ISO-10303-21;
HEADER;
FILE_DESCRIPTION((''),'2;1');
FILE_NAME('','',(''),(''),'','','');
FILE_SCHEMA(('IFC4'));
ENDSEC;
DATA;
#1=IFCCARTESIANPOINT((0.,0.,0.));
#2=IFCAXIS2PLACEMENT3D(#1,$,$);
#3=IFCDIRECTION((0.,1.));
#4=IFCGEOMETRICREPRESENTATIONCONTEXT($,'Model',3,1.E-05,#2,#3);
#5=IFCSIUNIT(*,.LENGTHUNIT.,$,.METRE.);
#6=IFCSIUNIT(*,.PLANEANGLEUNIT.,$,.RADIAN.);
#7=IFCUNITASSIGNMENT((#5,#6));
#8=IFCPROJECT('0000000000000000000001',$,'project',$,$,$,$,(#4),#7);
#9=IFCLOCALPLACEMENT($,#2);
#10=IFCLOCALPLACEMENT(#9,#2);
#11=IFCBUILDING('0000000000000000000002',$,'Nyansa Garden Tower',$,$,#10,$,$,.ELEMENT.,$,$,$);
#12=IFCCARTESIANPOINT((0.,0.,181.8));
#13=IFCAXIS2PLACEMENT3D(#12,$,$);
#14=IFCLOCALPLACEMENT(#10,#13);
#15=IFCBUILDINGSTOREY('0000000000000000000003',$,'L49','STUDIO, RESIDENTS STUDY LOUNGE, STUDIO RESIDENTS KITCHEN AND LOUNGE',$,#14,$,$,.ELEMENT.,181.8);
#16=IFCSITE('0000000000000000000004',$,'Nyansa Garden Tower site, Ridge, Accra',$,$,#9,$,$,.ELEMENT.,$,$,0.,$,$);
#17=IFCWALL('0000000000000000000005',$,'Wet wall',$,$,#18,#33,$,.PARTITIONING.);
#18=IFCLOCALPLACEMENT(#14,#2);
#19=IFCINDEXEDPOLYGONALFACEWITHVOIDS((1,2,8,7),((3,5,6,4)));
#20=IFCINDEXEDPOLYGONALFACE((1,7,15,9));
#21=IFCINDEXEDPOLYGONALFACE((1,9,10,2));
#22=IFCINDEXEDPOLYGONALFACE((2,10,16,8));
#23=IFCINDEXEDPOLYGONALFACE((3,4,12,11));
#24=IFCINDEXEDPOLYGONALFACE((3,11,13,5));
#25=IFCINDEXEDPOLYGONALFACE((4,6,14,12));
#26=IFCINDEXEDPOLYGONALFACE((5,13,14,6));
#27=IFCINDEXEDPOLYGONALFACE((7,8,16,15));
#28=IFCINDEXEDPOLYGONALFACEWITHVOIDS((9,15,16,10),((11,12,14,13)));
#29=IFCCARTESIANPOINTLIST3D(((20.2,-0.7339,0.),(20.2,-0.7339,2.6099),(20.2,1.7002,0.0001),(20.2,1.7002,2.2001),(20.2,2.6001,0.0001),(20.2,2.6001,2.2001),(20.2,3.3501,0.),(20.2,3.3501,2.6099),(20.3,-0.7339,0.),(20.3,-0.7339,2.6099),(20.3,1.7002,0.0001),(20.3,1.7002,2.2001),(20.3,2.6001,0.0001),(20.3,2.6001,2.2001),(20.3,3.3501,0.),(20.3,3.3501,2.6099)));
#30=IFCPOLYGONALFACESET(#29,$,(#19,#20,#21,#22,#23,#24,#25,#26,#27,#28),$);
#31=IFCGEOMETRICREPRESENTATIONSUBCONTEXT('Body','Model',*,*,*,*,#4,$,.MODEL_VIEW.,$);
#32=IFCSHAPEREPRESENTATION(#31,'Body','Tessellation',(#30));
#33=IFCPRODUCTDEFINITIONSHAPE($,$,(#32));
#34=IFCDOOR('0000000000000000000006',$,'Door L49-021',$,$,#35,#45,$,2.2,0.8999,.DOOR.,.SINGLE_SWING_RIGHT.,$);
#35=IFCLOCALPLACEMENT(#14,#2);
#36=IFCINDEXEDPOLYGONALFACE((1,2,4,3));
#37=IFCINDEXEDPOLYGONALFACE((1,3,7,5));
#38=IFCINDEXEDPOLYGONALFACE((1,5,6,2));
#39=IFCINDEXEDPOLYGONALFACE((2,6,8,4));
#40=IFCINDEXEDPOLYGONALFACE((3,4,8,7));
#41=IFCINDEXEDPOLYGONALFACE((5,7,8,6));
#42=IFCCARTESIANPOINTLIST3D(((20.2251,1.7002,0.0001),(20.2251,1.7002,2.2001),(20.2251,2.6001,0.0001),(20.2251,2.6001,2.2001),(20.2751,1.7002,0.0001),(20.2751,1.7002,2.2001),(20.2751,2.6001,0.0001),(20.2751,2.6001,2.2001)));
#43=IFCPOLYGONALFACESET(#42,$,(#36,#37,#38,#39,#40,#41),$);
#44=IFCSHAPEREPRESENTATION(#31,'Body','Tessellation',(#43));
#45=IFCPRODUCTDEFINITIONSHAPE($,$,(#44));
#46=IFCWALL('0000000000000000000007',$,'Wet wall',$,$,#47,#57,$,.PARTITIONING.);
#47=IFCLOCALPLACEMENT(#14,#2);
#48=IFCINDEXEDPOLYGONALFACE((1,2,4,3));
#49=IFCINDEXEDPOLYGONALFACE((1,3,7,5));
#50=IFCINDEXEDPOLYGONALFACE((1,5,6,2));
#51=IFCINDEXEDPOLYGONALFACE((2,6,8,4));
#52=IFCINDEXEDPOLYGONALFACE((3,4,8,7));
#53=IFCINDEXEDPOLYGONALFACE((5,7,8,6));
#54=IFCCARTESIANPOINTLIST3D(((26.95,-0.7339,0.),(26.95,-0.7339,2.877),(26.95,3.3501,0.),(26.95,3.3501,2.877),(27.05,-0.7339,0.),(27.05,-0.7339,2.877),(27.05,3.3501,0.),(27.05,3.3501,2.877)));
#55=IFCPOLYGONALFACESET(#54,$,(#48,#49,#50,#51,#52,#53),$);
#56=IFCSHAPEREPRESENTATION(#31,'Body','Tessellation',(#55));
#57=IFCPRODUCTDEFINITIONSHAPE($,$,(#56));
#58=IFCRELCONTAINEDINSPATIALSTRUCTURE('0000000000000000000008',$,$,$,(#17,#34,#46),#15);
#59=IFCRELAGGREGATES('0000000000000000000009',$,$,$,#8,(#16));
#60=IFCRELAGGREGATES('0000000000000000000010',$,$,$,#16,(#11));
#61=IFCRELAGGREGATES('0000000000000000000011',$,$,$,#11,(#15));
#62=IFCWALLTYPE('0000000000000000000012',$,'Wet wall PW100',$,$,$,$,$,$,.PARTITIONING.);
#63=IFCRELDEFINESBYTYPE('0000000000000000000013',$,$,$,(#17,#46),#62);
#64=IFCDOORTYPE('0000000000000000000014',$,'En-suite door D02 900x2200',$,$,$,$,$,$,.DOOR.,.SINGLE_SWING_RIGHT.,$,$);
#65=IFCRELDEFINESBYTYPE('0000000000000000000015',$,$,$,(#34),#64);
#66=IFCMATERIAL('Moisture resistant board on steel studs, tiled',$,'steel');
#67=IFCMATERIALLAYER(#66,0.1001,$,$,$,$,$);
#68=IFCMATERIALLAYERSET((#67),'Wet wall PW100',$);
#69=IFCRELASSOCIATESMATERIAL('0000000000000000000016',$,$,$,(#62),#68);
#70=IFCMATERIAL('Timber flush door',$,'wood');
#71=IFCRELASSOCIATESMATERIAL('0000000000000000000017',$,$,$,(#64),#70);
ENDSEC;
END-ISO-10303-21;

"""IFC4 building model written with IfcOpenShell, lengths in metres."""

from ifc_helpers import new_model, si_unit, direction, frame, frame_2d, origin, place, context, subcontext, project, spatial, rectangle, extrude, material, layer, layer_set, type_object, element, fill, save


model = new_model("IFC4")

# Units and contexts
model_context = context("Model", 3, precision=1e-05, world=origin(), true_north=direction((0.0, 1.0)))
body_context = subcontext(model_context, "Body", "Model", "MODEL_VIEW")
ifc_project = project(units=[si_unit("LENGTHUNIT", "METRE"), si_unit("PLANEANGLEUNIT", "RADIAN")], contexts=[model_context])

# Site, building, storey
site_placement = place(None, origin())
site = spatial("IfcSite", under=ifc_project, at=site_placement, Name="Nyansa Garden Tower site, Ridge, Accra", CompositionType="ELEMENT", RefElevation=0.0)
building_placement = place(site_placement, origin())
building = spatial("IfcBuilding", under=site, at=building_placement, Name="Nyansa Garden Tower", CompositionType="ELEMENT")
storey_placement = place(building_placement, frame((0.0, 0.0, 181.8)))
storey = spatial("IfcBuildingStorey", under=building, at=storey_placement, Name="L49", Description="STUDIO, RESIDENTS STUDY LOUNGE, STUDIO RESIDENTS KITCHEN AND LOUNGE", CompositionType="ELEMENT", Elevation=181.8)

# Shared definitions
ifc_material_1 = material(Name="Moisture resistant board on steel studs, tiled", Category="steel")
ifc_layer_1 = layer(ifc_material_1, 0.1001)
ifc_layer_set_1 = layer_set([ifc_layer_1], Name="Wet wall PW100")
wall_type = type_object("IfcWallType", Name="Wet wall PW100", PredefinedType="PARTITIONING", material=ifc_layer_set_1)

# Wall, opening, door
wall_1_placement = place(storey_placement, frame((20.25, -0.7339, 0.0), z_axis=(0.0, 0.0, 1.0), x_axis=(0.0, 1.0, 0.0)))
wall_1 = element("IfcWall", 1, at=wall_1_placement, inside=storey, type_object=wall_type, Name="Wet wall", PredefinedType="PARTITIONING", context=body_context, shape_type="SweptSolid", body=[
    extrude(rectangle(XDim=4.084, YDim=0.1001, at=frame_2d((2.042, 0.0))), origin(), (0.0, 0.0, 1.0), 2.6099),
])
opening_placement = place(wall_1_placement, frame((2.4341, 0.0, 0.0)))
opening = element("IfcOpeningElement", 2, at=opening_placement, cuts=wall_1, PredefinedType="OPENING", context=body_context, shape_type="SweptSolid", body=[
    extrude(rectangle(XDim=0.8999, YDim=2.2, at=frame_2d((0.45, 1.1001))), frame((0.0, 0.0601, 0.0), z_axis=(0.0, -1.0, 0.0), x_axis=(1.0, 0.0, 0.0)), (0.0, 0.0, 1.0), 0.1201),
])
ifc_material_2 = material(Name="Timber flush door", Category="wood")
door_type = type_object("IfcDoorType", Name="En-suite door D02 900x2200", OperationType="SINGLE_SWING_RIGHT", PredefinedType="DOOR", material=ifc_material_2)
door_placement = place(opening_placement, origin())
door = element("IfcDoor", 3, at=door_placement, inside=storey, type_object=door_type, Name="Door L49-021", OperationType="SINGLE_SWING_RIGHT", OverallHeight=2.2, OverallWidth=0.8999, PredefinedType="DOOR", context=body_context, shape_type="SweptSolid", body=[
    extrude(rectangle(XDim=0.8999, YDim=2.2, at=frame_2d((0.45, 1.1001))), frame((0.0, 0.0249, 0.0), z_axis=(0.0, -1.0, 0.0), x_axis=(1.0, 0.0, 0.0)), (0.0, 0.0, 1.0), 0.05),
])
fill(opening, door)

# Wall
wall_2_placement = place(storey_placement, frame((27.0, -0.7339, 0.0), z_axis=(0.0, 0.0, 1.0), x_axis=(0.0, 1.0, 0.0)))
element("IfcWall", 4, at=wall_2_placement, inside=storey, type_object=wall_type, Name="Wet wall", PredefinedType="PARTITIONING", context=body_context, shape_type="SweptSolid", body=[
    extrude(rectangle(XDim=4.084, YDim=0.1001, at=frame_2d((2.042, 0.0))), origin(), (0.0, 0.0, 1.0), 2.877),
])

save(model, "model.ifc")
